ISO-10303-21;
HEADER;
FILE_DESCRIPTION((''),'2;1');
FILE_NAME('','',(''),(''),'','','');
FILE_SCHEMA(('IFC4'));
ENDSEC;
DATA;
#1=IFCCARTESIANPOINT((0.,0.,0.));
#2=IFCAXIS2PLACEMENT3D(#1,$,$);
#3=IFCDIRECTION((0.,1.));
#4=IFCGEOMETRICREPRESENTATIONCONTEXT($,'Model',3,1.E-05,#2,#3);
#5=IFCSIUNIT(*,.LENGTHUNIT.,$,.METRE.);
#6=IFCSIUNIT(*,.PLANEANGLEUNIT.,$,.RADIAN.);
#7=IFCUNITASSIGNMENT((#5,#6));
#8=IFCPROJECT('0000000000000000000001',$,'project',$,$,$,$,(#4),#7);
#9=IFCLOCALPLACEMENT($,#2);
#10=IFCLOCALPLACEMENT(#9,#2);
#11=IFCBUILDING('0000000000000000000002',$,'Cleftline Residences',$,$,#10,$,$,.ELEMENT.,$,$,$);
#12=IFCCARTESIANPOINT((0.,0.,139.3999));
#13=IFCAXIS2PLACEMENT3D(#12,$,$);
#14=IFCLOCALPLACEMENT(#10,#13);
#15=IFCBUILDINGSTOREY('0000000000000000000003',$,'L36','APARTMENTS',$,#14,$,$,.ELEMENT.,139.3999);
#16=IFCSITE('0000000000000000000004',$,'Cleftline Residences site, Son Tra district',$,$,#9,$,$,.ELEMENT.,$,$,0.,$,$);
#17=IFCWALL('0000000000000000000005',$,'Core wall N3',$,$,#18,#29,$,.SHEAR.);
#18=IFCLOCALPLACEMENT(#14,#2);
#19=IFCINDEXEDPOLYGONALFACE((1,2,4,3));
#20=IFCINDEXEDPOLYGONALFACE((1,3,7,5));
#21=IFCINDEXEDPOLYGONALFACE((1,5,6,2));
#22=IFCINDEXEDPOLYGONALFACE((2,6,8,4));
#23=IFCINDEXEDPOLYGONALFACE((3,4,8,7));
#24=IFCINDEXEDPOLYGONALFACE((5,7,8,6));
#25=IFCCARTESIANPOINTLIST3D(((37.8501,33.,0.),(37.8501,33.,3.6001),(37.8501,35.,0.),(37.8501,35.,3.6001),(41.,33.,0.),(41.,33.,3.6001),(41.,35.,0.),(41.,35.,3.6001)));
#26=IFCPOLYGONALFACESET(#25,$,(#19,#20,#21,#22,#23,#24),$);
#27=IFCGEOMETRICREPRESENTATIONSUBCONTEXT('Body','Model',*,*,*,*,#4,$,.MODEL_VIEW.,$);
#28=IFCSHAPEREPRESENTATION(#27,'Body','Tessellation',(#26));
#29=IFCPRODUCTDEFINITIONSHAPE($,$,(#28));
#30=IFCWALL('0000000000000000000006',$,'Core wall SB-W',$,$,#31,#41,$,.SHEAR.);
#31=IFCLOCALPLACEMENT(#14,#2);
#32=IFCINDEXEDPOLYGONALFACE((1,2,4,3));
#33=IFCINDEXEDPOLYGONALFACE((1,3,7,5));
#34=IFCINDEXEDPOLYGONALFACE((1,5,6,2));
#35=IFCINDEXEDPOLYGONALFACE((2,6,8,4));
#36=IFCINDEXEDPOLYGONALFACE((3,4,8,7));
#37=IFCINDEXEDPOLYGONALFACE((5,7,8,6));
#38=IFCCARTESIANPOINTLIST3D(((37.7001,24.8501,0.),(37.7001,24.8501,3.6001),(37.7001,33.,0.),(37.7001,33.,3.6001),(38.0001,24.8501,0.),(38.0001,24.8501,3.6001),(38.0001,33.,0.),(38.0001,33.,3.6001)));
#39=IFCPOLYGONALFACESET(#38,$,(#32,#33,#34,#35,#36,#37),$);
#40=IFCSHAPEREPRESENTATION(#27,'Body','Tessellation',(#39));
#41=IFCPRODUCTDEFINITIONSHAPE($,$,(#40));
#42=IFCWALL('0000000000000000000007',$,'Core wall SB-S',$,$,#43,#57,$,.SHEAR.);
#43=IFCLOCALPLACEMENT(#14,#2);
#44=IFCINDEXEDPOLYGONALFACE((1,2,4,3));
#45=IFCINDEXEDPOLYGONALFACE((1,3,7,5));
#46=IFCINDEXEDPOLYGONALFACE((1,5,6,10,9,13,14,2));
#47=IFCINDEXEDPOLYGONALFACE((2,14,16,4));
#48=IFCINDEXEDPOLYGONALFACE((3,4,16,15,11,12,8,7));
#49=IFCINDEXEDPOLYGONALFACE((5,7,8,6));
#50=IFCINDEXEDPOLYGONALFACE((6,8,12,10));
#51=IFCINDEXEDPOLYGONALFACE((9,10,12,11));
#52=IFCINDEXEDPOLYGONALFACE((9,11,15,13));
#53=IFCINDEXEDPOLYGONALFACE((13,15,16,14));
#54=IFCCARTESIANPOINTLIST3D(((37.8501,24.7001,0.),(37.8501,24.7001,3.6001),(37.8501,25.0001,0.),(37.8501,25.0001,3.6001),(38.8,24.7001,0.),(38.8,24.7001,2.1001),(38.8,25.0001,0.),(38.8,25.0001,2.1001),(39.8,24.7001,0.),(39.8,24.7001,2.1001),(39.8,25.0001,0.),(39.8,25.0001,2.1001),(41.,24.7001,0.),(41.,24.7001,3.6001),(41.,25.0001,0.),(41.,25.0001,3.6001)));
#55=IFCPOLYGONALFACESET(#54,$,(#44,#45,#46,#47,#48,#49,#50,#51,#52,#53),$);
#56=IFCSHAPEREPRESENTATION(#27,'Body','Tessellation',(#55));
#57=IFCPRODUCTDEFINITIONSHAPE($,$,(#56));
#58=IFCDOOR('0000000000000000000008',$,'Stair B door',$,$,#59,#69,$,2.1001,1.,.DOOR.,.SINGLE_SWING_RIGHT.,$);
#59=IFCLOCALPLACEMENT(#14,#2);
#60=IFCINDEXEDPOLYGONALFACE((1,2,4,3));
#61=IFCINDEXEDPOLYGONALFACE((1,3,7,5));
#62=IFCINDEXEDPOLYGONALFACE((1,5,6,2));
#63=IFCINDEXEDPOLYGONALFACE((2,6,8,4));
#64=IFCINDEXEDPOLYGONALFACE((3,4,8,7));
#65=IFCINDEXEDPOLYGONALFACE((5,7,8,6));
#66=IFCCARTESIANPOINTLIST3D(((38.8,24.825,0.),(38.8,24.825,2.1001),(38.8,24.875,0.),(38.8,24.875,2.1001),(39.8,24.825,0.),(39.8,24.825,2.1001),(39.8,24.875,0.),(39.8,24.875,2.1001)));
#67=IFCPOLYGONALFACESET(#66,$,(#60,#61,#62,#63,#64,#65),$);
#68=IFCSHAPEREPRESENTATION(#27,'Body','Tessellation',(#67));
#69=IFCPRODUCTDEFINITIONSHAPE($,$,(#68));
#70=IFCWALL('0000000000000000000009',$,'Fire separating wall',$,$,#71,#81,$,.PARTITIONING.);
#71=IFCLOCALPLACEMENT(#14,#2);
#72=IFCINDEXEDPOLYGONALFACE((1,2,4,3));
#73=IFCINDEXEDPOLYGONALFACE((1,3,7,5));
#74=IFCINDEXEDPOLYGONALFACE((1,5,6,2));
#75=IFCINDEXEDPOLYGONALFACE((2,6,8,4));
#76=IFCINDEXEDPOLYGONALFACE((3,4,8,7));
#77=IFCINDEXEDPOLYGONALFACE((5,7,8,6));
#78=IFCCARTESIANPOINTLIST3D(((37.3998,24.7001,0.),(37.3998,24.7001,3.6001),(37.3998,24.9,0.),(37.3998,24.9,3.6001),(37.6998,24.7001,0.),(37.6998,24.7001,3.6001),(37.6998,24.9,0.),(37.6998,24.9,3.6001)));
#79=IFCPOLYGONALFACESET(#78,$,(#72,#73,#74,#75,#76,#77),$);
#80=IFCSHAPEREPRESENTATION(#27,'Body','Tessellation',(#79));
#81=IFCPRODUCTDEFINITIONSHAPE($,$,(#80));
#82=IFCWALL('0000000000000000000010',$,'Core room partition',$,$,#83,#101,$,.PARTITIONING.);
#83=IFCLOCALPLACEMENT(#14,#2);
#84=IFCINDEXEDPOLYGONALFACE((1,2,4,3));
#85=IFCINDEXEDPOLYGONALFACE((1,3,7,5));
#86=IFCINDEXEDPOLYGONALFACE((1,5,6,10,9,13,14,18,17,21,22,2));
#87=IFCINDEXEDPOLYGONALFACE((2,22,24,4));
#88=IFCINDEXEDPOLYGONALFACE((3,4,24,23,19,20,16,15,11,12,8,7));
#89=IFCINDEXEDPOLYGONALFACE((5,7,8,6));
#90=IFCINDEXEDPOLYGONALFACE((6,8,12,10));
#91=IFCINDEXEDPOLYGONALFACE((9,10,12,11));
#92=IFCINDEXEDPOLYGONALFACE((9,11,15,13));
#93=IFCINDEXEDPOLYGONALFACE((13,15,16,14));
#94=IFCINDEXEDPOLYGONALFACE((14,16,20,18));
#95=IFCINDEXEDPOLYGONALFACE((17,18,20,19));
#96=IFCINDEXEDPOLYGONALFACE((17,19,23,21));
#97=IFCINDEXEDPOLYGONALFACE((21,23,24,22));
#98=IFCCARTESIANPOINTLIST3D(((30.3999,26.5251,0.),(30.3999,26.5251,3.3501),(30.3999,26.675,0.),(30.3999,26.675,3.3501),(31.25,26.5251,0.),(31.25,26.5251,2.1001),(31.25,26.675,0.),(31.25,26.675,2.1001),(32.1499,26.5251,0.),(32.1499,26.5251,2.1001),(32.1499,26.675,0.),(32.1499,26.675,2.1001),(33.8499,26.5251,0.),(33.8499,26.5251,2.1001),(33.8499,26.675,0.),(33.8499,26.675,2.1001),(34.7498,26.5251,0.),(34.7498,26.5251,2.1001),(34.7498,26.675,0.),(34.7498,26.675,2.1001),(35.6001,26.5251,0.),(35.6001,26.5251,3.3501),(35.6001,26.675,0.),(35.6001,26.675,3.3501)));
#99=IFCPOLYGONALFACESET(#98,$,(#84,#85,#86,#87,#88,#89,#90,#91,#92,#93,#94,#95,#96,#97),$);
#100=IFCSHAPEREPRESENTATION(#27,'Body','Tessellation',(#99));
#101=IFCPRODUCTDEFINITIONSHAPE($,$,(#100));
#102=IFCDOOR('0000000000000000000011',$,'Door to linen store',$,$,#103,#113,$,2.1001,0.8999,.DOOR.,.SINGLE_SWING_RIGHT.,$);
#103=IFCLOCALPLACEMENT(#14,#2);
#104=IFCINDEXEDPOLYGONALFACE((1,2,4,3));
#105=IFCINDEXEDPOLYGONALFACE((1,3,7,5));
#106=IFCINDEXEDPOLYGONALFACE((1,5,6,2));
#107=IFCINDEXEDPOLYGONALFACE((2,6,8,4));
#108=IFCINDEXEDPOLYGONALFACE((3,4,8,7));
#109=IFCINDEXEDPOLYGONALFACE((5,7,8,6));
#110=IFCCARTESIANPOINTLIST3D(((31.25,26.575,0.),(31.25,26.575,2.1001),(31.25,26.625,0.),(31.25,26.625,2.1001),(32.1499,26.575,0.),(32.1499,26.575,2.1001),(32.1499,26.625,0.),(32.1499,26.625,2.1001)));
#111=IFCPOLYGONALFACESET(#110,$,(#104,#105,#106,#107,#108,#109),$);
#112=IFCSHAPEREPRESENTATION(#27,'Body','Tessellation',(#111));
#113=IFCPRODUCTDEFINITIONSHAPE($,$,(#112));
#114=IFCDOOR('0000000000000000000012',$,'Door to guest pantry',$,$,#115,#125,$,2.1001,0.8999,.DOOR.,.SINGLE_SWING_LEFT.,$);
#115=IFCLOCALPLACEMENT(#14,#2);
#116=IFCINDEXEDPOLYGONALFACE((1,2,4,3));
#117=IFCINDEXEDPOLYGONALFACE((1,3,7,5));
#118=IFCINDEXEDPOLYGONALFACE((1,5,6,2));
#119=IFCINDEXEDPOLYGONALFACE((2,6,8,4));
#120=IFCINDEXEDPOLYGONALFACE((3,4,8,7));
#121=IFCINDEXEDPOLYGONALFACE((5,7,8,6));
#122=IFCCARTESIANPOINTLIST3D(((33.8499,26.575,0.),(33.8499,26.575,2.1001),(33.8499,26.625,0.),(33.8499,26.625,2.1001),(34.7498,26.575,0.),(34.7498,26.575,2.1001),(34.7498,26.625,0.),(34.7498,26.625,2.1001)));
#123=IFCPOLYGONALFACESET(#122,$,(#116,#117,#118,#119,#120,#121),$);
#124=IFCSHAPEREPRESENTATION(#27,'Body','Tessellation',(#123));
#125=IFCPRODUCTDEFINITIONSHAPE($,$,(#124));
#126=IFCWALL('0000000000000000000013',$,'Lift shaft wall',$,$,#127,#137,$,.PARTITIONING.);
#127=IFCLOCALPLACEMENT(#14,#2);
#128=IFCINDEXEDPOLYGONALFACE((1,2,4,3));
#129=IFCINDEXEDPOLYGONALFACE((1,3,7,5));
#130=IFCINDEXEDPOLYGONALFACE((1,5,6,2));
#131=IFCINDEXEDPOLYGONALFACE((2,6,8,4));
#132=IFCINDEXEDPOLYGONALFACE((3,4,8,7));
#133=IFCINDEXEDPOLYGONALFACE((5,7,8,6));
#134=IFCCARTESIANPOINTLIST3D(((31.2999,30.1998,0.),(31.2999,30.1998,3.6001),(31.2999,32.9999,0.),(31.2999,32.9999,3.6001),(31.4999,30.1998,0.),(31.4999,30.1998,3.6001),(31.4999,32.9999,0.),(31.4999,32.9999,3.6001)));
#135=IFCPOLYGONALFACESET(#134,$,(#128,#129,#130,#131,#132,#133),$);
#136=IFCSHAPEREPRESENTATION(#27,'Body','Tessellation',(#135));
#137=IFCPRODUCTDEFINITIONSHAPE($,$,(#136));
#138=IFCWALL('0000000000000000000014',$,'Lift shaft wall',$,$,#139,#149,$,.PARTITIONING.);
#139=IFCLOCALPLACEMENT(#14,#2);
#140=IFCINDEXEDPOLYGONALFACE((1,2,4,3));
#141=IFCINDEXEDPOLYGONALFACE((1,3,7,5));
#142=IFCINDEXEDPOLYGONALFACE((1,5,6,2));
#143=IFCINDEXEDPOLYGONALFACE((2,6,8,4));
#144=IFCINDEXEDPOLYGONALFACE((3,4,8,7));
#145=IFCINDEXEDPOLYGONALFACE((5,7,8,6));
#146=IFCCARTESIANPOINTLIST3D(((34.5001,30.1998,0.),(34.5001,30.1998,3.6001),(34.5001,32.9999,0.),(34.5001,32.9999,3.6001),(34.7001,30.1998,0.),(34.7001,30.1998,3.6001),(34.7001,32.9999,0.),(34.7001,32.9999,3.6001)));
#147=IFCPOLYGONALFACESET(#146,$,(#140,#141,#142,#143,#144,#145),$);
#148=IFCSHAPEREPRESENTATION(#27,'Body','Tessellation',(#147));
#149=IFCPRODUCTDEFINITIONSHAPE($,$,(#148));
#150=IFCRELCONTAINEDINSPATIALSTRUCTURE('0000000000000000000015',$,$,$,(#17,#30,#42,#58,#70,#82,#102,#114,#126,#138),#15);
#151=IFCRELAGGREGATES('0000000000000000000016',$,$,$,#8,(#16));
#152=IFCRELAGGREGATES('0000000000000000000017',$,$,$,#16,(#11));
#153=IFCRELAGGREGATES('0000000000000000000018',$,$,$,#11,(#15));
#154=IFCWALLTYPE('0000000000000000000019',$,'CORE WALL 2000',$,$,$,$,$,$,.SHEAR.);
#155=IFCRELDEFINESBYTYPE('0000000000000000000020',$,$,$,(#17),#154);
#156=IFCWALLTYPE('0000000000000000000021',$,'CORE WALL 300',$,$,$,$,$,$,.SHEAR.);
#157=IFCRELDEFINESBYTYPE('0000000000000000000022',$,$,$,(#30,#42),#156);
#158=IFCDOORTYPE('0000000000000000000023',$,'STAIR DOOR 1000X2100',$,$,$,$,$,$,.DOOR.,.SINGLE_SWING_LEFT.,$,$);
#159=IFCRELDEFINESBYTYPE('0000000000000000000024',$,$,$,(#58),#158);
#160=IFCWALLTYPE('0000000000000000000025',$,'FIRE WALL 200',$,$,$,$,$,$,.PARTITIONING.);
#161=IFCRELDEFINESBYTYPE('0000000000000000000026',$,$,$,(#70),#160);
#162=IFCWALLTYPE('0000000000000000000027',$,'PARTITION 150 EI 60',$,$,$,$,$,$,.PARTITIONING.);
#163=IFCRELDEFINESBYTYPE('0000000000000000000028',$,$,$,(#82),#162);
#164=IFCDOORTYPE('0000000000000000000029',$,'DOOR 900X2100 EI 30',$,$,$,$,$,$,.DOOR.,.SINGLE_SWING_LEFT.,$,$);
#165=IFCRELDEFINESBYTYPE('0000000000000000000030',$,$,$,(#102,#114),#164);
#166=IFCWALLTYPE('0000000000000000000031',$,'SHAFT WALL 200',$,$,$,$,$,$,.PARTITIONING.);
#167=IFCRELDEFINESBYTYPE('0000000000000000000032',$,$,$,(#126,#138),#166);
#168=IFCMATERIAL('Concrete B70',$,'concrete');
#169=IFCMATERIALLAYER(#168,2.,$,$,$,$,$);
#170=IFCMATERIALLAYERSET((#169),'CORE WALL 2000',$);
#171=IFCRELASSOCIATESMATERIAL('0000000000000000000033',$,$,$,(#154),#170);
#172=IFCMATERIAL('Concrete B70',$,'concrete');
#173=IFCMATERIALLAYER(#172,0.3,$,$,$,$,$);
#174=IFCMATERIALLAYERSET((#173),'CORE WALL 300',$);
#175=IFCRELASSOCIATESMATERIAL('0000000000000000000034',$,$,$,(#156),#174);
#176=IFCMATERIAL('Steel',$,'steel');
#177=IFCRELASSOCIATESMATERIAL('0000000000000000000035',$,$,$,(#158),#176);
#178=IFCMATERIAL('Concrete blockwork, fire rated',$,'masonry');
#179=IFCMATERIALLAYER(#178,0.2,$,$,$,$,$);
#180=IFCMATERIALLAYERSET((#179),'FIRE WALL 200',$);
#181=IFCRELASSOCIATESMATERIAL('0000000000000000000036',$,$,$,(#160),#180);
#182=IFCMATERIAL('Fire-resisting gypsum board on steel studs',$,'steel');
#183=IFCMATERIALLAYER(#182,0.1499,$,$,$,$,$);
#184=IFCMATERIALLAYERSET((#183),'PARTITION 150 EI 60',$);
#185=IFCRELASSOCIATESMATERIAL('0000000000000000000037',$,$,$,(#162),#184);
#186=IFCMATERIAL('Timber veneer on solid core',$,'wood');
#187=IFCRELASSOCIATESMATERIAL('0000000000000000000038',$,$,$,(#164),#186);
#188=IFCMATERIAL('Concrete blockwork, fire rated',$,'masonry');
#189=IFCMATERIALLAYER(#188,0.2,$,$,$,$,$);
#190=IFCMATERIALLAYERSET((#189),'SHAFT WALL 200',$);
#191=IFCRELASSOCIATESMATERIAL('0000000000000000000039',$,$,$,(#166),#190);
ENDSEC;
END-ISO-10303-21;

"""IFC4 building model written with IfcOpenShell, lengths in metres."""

from ifc_helpers import new_model, si_unit, direction, frame, frame_2d, origin, place, context, subcontext, project, spatial, rectangle, extrude, material, layer, layer_set, type_object, element, fill, save


model = new_model("IFC4")

# Units and contexts
model_context = context("Model", 3, precision=1e-05, world=origin(), true_north=direction((0.0, 1.0)))
body_context = subcontext(model_context, "Body", "Model", "MODEL_VIEW")
ifc_project = project(units=[si_unit("LENGTHUNIT", "METRE"), si_unit("PLANEANGLEUNIT", "RADIAN")], contexts=[model_context])

# Site, building, storey
site_placement = place(None, origin())
site = spatial("IfcSite", under=ifc_project, at=site_placement, Name="Cleftline Residences site, Son Tra district", CompositionType="ELEMENT", RefElevation=0.0)
building_placement = place(site_placement, origin())
building = spatial("IfcBuilding", under=site, at=building_placement, Name="Cleftline Residences", CompositionType="ELEMENT")
storey_placement = place(building_placement, frame((0.0, 0.0, 139.3999)))
storey = spatial("IfcBuildingStorey", under=building, at=storey_placement, Name="L36", Description="APARTMENTS", CompositionType="ELEMENT", Elevation=139.3999)

# Walls
ifc_material_1 = material(Name="Concrete B70", Category="concrete")
ifc_layer_1 = layer(ifc_material_1, 2.0)
ifc_layer_set_1 = layer_set([ifc_layer_1], Name="CORE WALL 2000")
wall_type_1 = type_object("IfcWallType", Name="CORE WALL 2000", PredefinedType="SHEAR", material=ifc_layer_set_1)
wall_1_placement = place(storey_placement, frame((37.8501, 34.0, 0.0), z_axis=(0.0, 0.0, 1.0), x_axis=(1.0, 0.0, 0.0)))
element("IfcWall", 1, at=wall_1_placement, inside=storey, type_object=wall_type_1, Name="Core wall N3", PredefinedType="SHEAR", context=body_context, shape_type="SweptSolid", body=[
    extrude(rectangle(XDim=3.1499, YDim=2.0, at=frame_2d((1.575, 0.0))), origin(), (0.0, 0.0, 1.0), 3.6001),
])
ifc_material_2 = material(Name="Concrete B70", Category="concrete")
ifc_layer_2 = layer(ifc_material_2, 0.3)
ifc_layer_set_2 = layer_set([ifc_layer_2], Name="CORE WALL 300")
wall_type_2 = type_object("IfcWallType", Name="CORE WALL 300", PredefinedType="SHEAR", material=ifc_layer_set_2)
wall_2_placement = place(storey_placement, frame((37.8501, 24.8501, 0.0), z_axis=(0.0, 0.0, 1.0), x_axis=(0.0, 1.0, 0.0)))
element("IfcWall", 2, at=wall_2_placement, inside=storey, type_object=wall_type_2, Name="Core wall SB-W", PredefinedType="SHEAR", context=body_context, shape_type="SweptSolid", body=[
    extrude(rectangle(XDim=8.1499, YDim=0.3, at=frame_2d((4.075, 0.0))), origin(), (0.0, 0.0, 1.0), 3.6001),
])

# Wall, opening, door
wall_3_placement = place(storey_placement, frame((37.8501, 24.8501, 0.0), z_axis=(0.0, 0.0, 1.0), x_axis=(1.0, 0.0, 0.0)))
wall_3 = element("IfcWall", 3, at=wall_3_placement, inside=storey, type_object=wall_type_2, Name="Core wall SB-S", PredefinedType="SHEAR", context=body_context, shape_type="SweptSolid", body=[
    extrude(rectangle(XDim=3.1499, YDim=0.3, at=frame_2d((1.575, 0.0))), origin(), (0.0, 0.0, 1.0), 3.6001),
])
opening_1_placement = place(wall_3_placement, frame((0.95, 0.0, 0.0)))
opening_1 = element("IfcOpeningElement", 4, at=opening_1_placement, cuts=wall_3, PredefinedType="OPENING", context=body_context, shape_type="SweptSolid", body=[
    extrude(rectangle(XDim=1.0, YDim=2.1001, at=frame_2d((0.5, 1.05))), frame((0.0, 0.1599, 0.0), z_axis=(0.0, -1.0, 0.0), x_axis=(1.0, 0.0, 0.0)), (0.0, 0.0, 1.0), 0.3201),
])
ifc_material_3 = material(Name="Steel", Category="steel")
door_type_1 = type_object("IfcDoorType", Name="STAIR DOOR 1000X2100", OperationType="SINGLE_SWING_LEFT", PredefinedType="DOOR", material=ifc_material_3)
door_1_placement = place(opening_1_placement, origin())
door_1 = element("IfcDoor", 5, at=door_1_placement, inside=storey, type_object=door_type_1, Name="Stair B door", OperationType="SINGLE_SWING_RIGHT", OverallHeight=2.1001, OverallWidth=1.0, PredefinedType="DOOR", context=body_context, shape_type="SweptSolid", body=[
    extrude(rectangle(XDim=1.0, YDim=2.1001, at=frame_2d((0.5, 1.05))), frame((0.0, 0.0249, 0.0), z_axis=(0.0, -1.0, 0.0), x_axis=(1.0, 0.0, 0.0)), (0.0, 0.0, 1.0), 0.05),
])
fill(opening_1, door_1)

# Wall
ifc_material_4 = material(Name="Concrete blockwork, fire rated", Category="masonry")
ifc_layer_3 = layer(ifc_material_4, 0.2)
ifc_layer_set_3 = layer_set([ifc_layer_3], Name="FIRE WALL 200")
wall_type_3 = type_object("IfcWallType", Name="FIRE WALL 200", PredefinedType="PARTITIONING", material=ifc_layer_set_3)
wall_4_placement = place(storey_placement, frame((37.3999, 24.8, 0.0), z_axis=(0.0, 0.0, 1.0), x_axis=(1.0, 0.0, 0.0)))
element("IfcWall", 6, at=wall_4_placement, inside=storey, type_object=wall_type_3, Name="Fire separating wall", PredefinedType="PARTITIONING", context=body_context, shape_type="SweptSolid", body=[
    extrude(rectangle(XDim=0.3, YDim=0.2, at=frame_2d((0.1499, 0.0))), origin(), (0.0, 0.0, 1.0), 3.6001),
])

# Wall, openings, doors
ifc_material_5 = material(Name="Fire-resisting gypsum board on steel studs", Category="steel")
ifc_layer_4 = layer(ifc_material_5, 0.1499)
ifc_layer_set_4 = layer_set([ifc_layer_4], Name="PARTITION 150 EI 60")
wall_type_4 = type_object("IfcWallType", Name="PARTITION 150 EI 60", PredefinedType="PARTITIONING", material=ifc_layer_set_4)
wall_5_placement = place(storey_placement, frame((30.3999, 26.6001, 0.0), z_axis=(0.0, 0.0, 1.0), x_axis=(1.0, 0.0, 0.0)))
wall_5 = element("IfcWall", 7, at=wall_5_placement, inside=storey, type_object=wall_type_4, Name="Core room partition", PredefinedType="PARTITIONING", context=body_context, shape_type="SweptSolid", body=[
    extrude(rectangle(XDim=5.2002, YDim=0.1499, at=frame_2d((2.6001, 0.0))), origin(), (0.0, 0.0, 1.0), 3.3501),
])
opening_2_placement = place(wall_5_placement, frame((0.8501, 0.0, 0.0)))
opening_2 = element("IfcOpeningElement", 8, at=opening_2_placement, cuts=wall_5, PredefinedType="OPENING", context=body_context, shape_type="SweptSolid", body=[
    extrude(rectangle(XDim=0.8999, YDim=2.1001, at=frame_2d((0.45, 1.05))), frame((0.0, 0.085, 0.0), z_axis=(0.0, -1.0, 0.0), x_axis=(1.0, 0.0, 0.0)), (0.0, 0.0, 1.0), 0.1699),
])
opening_3_placement = place(wall_5_placement, frame((3.45, 0.0, 0.0)))
opening_3 = element("IfcOpeningElement", 9, at=opening_3_placement, cuts=wall_5, PredefinedType="OPENING", context=body_context, shape_type="SweptSolid", body=[
    extrude(rectangle(XDim=0.8999, YDim=2.1001, at=frame_2d((0.45, 1.05))), frame((0.0, 0.085, 0.0), z_axis=(0.0, -1.0, 0.0), x_axis=(1.0, 0.0, 0.0)), (0.0, 0.0, 1.0), 0.1699),
])
ifc_material_6 = material(Name="Timber veneer on solid core", Category="wood")
door_type_2 = type_object("IfcDoorType", Name="DOOR 900X2100 EI 30", OperationType="SINGLE_SWING_LEFT", PredefinedType="DOOR", material=ifc_material_6)
door_2_placement = place(opening_2_placement, origin())
door_2 = element("IfcDoor", 10, at=door_2_placement, inside=storey, type_object=door_type_2, Name="Door to linen store", OperationType="SINGLE_SWING_RIGHT", OverallHeight=2.1001, OverallWidth=0.8999, PredefinedType="DOOR", context=body_context, shape_type="SweptSolid", body=[
    extrude(rectangle(XDim=0.8999, YDim=2.1001, at=frame_2d((0.45, 1.05))), frame((0.0, 0.0249, 0.0), z_axis=(0.0, -1.0, 0.0), x_axis=(1.0, 0.0, 0.0)), (0.0, 0.0, 1.0), 0.05),
])
fill(opening_2, door_2)
door_3_placement = place(opening_3_placement, origin())
door_3 = element("IfcDoor", 11, at=door_3_placement, inside=storey, type_object=door_type_2, Name="Door to guest pantry", OperationType="SINGLE_SWING_LEFT", OverallHeight=2.1001, OverallWidth=0.8999, PredefinedType="DOOR", context=body_context, shape_type="SweptSolid", body=[
    extrude(rectangle(XDim=0.8999, YDim=2.1001, at=frame_2d((0.45, 1.05))), frame((0.0, 0.0249, 0.0), z_axis=(0.0, -1.0, 0.0), x_axis=(1.0, 0.0, 0.0)), (0.0, 0.0, 1.0), 0.05),
])
fill(opening_3, door_3)

# Walls
ifc_material_7 = material(Name="Concrete blockwork, fire rated", Category="masonry")
ifc_layer_5 = layer(ifc_material_7, 0.2)
ifc_layer_set_5 = layer_set([ifc_layer_5], Name="SHAFT WALL 200")
wall_type_5 = type_object("IfcWallType", Name="SHAFT WALL 200", PredefinedType="PARTITIONING", material=ifc_layer_set_5)
for number, where, z_axis, x_axis, name in (
    (12, (31.3999, 30.2, 0.0), (0.0, 0.0, 1.0), (0.0, 1.0, 0.0), "Lift shaft wall"),
    (13, (34.6001, 30.2, 0.0), (0.0, 0.0, 1.0), (0.0, 1.0, 0.0), "Lift shaft wall"),
):
    element("IfcWall", number, at=place(storey_placement, frame(where, z_axis=z_axis, x_axis=x_axis)), inside=storey, type_object=wall_type_5, Name=name, PredefinedType="PARTITIONING", context=body_context, shape_type="SweptSolid", body=[
        extrude(rectangle(XDim=2.8, YDim=0.2, at=frame_2d((1.3999, 0.0))), origin(), (0.0, 0.0, 1.0), 3.6001),
    ])

save(model, "model.ifc")
